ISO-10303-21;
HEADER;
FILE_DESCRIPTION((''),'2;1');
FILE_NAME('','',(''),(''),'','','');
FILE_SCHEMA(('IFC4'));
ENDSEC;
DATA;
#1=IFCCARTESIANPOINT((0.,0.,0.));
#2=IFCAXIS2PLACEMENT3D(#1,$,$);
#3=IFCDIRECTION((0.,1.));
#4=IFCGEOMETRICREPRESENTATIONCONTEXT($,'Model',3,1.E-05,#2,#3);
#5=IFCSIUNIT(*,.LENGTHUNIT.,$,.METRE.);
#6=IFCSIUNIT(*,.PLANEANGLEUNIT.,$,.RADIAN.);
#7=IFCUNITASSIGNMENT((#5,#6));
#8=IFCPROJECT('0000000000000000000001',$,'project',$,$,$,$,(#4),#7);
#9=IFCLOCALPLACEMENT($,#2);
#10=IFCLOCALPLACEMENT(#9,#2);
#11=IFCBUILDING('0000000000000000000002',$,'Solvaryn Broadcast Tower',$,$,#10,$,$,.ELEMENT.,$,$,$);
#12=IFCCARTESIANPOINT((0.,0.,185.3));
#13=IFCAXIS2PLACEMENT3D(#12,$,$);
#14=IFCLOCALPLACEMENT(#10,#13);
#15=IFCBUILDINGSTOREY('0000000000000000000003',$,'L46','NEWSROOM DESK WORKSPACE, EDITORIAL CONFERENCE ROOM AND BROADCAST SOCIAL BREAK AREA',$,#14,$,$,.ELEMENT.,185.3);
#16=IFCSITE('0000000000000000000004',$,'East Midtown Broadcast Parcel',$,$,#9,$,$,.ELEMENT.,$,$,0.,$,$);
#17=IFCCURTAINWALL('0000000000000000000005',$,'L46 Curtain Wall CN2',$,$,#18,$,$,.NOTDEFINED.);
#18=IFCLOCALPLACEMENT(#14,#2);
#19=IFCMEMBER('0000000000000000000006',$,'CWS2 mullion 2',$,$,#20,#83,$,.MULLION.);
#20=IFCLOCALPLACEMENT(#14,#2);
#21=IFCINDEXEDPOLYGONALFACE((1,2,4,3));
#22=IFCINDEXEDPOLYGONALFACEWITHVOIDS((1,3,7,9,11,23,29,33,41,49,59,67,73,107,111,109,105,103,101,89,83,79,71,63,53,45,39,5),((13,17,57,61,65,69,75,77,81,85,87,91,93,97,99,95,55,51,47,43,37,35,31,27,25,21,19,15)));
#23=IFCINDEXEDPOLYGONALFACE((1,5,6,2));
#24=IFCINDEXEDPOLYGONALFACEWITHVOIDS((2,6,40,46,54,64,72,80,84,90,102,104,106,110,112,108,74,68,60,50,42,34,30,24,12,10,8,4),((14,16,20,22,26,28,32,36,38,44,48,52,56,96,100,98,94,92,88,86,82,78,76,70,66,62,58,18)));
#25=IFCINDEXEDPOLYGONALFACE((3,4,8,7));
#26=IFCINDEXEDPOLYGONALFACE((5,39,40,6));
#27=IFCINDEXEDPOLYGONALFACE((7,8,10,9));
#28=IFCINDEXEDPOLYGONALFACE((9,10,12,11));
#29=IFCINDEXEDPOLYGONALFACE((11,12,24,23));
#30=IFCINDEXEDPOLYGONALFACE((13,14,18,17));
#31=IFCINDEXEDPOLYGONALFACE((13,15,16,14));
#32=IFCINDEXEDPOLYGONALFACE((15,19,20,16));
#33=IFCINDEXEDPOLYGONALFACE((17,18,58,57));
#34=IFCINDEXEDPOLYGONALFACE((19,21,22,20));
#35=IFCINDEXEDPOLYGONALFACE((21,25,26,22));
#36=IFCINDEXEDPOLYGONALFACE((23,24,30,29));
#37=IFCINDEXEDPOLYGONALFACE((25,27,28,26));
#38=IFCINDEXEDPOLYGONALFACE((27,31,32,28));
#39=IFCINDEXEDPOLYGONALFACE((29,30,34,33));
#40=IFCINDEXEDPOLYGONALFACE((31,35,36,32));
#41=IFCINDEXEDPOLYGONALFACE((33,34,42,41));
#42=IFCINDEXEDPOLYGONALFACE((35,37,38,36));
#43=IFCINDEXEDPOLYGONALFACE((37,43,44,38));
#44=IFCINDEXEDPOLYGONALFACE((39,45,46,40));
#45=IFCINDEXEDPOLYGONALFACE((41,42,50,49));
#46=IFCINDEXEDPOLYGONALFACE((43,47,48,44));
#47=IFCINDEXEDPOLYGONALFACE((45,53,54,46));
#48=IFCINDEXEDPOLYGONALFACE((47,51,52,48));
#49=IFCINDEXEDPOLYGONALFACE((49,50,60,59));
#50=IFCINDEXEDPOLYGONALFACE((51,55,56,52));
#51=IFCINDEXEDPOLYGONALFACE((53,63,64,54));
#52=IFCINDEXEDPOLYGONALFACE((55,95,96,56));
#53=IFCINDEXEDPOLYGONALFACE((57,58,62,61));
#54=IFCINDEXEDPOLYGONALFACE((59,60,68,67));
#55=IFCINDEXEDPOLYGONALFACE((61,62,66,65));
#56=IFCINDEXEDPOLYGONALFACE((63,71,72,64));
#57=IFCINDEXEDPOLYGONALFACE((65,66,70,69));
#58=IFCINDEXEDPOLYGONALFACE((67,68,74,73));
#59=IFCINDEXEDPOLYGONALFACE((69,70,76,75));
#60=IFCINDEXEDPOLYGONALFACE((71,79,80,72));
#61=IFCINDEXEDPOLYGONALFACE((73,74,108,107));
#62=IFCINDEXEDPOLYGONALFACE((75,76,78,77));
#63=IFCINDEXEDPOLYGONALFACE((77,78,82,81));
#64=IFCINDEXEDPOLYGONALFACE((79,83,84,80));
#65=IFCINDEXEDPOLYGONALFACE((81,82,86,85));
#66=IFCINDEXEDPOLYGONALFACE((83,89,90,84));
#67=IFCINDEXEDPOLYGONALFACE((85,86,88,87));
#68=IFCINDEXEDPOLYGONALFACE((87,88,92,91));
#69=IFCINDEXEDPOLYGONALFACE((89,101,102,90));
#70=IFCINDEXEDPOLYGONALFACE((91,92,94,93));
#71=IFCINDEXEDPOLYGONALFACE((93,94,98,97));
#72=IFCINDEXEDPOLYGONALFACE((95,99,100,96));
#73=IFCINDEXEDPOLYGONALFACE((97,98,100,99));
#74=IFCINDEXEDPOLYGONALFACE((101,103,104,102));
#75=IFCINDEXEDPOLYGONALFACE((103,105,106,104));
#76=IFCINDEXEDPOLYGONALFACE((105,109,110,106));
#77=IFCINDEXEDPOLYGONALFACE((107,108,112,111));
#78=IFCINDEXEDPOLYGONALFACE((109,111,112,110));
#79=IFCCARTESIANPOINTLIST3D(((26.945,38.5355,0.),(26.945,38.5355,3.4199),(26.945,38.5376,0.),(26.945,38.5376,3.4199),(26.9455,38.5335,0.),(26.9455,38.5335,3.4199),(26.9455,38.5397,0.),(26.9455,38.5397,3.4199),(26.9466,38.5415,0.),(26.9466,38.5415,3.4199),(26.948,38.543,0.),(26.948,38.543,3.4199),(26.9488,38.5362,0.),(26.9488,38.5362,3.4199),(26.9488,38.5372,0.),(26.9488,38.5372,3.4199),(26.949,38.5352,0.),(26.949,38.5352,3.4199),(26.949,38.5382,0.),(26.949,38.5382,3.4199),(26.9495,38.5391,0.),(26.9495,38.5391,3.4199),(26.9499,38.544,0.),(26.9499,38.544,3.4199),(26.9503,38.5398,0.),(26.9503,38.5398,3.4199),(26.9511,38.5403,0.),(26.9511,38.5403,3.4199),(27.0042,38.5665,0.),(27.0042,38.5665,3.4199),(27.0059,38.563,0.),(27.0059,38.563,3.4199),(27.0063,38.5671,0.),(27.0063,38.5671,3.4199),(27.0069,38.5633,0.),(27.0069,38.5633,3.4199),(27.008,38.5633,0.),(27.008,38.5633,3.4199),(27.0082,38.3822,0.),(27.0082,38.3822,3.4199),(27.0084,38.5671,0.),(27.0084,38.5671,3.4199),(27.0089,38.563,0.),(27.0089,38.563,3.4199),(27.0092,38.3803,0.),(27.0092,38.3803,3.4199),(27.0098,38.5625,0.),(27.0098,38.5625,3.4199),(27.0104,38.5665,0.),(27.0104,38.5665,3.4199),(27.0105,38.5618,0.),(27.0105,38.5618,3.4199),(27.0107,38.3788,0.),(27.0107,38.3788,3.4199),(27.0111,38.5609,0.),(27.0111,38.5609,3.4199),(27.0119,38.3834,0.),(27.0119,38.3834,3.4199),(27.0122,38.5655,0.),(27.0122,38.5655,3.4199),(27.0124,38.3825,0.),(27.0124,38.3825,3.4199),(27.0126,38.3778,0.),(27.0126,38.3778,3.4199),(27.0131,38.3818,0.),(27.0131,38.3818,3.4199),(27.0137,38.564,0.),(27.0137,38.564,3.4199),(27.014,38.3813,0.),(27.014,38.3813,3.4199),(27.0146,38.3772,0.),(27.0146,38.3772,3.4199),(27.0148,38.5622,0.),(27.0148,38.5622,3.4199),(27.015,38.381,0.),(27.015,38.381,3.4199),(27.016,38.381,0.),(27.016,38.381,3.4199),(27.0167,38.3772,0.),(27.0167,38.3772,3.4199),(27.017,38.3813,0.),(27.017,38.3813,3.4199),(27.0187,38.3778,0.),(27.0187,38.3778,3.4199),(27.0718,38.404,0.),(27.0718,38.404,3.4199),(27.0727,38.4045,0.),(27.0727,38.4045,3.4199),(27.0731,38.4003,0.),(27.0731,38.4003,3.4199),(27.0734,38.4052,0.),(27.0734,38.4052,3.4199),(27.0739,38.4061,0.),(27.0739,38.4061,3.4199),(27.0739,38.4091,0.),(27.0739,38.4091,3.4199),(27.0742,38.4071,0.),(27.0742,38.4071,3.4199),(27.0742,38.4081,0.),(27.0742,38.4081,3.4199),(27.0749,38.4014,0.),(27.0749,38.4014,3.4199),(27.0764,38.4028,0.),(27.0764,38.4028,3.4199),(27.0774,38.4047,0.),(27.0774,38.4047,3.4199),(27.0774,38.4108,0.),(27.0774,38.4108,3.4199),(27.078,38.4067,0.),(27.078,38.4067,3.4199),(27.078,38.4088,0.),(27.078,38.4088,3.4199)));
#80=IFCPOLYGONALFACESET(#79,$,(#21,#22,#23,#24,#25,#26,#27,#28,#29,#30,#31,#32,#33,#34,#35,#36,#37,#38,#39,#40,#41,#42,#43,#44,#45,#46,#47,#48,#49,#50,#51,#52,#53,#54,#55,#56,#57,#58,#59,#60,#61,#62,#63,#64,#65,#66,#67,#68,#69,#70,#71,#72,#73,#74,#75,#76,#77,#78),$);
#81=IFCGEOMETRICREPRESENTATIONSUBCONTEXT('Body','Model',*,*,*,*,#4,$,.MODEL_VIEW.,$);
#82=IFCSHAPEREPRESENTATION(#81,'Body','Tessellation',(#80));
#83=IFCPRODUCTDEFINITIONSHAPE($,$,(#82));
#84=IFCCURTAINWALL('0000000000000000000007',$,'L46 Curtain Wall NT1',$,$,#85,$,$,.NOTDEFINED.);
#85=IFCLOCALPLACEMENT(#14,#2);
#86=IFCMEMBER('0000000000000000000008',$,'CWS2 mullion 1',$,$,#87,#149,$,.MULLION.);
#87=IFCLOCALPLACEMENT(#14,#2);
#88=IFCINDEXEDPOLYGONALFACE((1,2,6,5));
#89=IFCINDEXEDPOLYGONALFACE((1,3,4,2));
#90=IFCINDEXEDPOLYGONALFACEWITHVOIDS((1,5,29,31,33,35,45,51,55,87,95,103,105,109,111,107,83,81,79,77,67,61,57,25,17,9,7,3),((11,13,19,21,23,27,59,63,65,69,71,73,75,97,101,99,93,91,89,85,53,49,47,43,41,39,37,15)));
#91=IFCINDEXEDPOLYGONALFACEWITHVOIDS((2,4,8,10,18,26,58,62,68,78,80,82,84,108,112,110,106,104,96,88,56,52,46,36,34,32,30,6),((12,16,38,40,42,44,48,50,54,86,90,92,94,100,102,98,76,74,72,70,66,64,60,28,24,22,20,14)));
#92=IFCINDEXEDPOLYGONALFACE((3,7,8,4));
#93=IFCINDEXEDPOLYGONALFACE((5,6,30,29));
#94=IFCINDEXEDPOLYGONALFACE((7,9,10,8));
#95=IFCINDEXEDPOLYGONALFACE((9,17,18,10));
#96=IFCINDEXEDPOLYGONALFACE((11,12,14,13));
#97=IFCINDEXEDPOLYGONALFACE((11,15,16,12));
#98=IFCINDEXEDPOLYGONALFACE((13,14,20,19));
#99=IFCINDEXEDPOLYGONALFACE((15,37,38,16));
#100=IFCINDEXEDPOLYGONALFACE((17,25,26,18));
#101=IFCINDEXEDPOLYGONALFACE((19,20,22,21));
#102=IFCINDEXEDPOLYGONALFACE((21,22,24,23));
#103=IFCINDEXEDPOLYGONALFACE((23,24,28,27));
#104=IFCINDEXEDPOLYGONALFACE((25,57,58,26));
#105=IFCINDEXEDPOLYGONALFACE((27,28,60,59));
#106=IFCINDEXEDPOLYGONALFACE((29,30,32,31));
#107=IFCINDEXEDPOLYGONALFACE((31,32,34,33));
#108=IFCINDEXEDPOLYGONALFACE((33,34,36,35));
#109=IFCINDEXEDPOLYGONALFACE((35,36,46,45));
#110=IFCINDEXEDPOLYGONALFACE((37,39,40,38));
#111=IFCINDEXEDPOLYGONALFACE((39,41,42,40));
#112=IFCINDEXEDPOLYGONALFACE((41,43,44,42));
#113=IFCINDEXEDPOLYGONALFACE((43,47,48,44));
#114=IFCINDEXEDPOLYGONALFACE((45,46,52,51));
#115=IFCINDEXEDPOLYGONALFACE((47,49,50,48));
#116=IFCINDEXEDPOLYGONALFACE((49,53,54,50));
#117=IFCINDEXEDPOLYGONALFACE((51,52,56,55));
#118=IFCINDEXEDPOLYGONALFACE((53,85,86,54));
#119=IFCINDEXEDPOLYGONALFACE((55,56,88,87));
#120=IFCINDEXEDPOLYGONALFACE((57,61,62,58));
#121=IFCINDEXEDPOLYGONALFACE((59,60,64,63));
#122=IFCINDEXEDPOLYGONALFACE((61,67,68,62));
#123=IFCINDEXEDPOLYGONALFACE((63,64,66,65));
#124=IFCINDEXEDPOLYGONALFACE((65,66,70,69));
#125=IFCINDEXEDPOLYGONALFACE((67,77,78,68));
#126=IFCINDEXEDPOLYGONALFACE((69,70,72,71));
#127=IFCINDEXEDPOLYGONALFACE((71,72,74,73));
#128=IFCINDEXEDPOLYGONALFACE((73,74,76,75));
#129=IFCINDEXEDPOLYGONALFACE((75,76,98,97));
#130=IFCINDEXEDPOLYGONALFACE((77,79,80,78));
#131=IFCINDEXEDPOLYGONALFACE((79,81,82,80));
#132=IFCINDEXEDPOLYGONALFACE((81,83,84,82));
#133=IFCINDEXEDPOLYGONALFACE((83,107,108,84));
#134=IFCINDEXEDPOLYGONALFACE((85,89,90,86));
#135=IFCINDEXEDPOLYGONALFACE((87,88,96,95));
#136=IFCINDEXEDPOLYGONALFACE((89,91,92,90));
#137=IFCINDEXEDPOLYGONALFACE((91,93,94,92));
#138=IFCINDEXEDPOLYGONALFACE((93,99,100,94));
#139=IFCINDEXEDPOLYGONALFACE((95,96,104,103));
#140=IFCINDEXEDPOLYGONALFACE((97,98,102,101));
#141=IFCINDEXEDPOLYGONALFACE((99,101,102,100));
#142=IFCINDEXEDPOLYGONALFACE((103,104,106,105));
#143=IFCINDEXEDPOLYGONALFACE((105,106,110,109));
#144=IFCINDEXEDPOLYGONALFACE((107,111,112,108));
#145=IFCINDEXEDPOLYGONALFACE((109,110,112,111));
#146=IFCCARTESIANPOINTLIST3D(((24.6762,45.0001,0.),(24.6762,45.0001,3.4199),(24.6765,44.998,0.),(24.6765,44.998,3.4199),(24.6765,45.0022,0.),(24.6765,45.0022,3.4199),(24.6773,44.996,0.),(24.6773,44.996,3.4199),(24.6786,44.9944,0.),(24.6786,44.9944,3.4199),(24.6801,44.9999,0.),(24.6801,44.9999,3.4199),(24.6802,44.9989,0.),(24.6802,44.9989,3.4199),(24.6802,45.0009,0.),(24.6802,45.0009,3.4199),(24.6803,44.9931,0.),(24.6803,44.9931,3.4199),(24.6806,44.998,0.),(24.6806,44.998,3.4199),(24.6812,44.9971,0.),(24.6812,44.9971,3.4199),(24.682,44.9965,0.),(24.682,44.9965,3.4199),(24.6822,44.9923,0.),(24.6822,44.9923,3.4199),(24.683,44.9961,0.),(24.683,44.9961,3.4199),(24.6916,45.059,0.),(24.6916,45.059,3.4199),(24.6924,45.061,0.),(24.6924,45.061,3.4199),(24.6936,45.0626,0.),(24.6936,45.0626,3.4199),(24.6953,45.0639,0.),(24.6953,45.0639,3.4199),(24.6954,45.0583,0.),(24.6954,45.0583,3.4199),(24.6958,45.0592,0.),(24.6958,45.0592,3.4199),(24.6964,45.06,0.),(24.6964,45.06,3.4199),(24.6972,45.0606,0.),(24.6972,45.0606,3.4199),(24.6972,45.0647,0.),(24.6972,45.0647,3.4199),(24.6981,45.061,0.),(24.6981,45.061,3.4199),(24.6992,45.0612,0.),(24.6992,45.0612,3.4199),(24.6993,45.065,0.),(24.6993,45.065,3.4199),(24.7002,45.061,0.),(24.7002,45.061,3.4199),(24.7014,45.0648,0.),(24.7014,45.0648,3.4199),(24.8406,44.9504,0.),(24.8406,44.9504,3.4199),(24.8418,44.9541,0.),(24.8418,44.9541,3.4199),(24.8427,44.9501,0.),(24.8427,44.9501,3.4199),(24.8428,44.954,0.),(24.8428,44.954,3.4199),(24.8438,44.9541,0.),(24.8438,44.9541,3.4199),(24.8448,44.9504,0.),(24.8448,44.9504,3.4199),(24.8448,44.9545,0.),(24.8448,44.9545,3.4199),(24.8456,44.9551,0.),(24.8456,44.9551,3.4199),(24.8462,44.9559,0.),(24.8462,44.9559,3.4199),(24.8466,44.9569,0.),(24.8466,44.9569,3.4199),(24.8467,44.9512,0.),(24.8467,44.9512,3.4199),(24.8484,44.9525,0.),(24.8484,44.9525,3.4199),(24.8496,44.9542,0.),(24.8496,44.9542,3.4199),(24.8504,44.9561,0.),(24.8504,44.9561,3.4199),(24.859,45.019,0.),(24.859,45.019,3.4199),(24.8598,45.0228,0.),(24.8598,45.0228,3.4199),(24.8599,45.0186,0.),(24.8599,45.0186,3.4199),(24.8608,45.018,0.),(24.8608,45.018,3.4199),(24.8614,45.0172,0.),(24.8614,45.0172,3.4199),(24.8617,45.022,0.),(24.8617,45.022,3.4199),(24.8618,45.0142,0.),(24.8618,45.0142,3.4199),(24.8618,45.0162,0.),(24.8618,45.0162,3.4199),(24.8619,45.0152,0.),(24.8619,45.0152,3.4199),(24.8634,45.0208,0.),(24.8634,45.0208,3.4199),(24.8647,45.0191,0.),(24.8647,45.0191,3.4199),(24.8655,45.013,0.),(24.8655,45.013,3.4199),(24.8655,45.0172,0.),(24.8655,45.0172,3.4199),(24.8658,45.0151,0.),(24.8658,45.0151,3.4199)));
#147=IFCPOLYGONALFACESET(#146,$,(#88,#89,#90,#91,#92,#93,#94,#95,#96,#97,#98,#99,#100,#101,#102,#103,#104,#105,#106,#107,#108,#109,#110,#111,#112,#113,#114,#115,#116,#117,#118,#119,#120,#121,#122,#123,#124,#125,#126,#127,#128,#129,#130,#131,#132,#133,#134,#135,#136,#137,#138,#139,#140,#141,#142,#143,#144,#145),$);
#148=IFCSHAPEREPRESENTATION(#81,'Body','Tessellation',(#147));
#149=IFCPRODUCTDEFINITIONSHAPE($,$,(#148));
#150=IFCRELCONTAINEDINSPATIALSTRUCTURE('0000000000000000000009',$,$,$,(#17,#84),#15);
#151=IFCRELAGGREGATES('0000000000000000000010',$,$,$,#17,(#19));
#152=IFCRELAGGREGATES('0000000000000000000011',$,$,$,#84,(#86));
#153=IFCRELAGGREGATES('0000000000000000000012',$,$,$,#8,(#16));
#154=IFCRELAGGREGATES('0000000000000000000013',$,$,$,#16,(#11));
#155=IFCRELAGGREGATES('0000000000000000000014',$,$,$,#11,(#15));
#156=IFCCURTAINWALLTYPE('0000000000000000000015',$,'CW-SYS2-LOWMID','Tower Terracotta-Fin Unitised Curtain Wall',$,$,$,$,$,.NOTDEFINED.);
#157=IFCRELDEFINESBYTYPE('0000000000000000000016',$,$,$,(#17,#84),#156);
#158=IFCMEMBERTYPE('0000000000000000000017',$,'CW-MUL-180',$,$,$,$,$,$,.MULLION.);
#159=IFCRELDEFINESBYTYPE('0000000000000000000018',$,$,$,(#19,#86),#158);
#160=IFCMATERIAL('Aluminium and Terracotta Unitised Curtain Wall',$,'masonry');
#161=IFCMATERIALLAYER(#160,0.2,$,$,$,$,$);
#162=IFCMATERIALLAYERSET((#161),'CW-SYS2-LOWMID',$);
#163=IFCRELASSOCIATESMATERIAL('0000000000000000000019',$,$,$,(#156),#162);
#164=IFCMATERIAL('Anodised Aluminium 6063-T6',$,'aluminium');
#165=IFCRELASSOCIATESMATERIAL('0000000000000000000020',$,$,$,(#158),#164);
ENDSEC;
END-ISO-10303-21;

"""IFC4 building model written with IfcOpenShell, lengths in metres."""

from ifc_helpers import new_model, si_unit, direction, frame, origin, origin_2d, place, context, subcontext, project, spatial, hollow_rectangle, extrude, material, layer, layer_set, material_profile, profile_set, type_object, element, aggregate, save


model = new_model("IFC4")

# Units and contexts
model_context = context("Model", 3, precision=1e-05, world=origin(), true_north=direction((0.0, 1.0)))
body_context = subcontext(model_context, "Body", "Model", "MODEL_VIEW")
ifc_project = project(units=[si_unit("LENGTHUNIT", "METRE"), si_unit("PLANEANGLEUNIT", "RADIAN")], contexts=[model_context])

# Site, building, storey
site_placement = place(None, origin())
site = spatial("IfcSite", under=ifc_project, at=site_placement, Name="East Midtown Broadcast Parcel", CompositionType="ELEMENT", RefElevation=0.0)
building_placement = place(site_placement, origin())
building = spatial("IfcBuilding", under=site, at=building_placement, Name="Solvaryn Broadcast Tower", CompositionType="ELEMENT")
storey_placement = place(building_placement, frame((0.0, 0.0, 185.3)))
storey = spatial("IfcBuildingStorey", under=building, at=storey_placement, Name="L46", Description="NEWSROOM DESK WORKSPACE, EDITORIAL CONFERENCE ROOM AND BROADCAST SOCIAL BREAK AREA", CompositionType="ELEMENT", Elevation=185.3)

# Shared definitions
ifc_material_1 = material(Name="Aluminium and Terracotta Unitised Curtain Wall", Category="masonry")
ifc_layer_1 = layer(ifc_material_1, 0.2)
ifc_layer_set_1 = layer_set([ifc_layer_1], Name="CW-SYS2-LOWMID")
curtain_wall_type = type_object("IfcCurtainWallType", Name="CW-SYS2-LOWMID", Description="Tower Terracotta-Fin Unitised Curtain Wall", PredefinedType="NOTDEFINED", material=ifc_layer_set_1)
ifc_material_2 = material(Name="Anodised Aluminium 6063-T6", Category="aluminium")
ifc_material_profile_1 = material_profile(ifc_material_2, hollow_rectangle(XDim=0.075, YDim=0.1799, WallThickness=0.0039, InnerFilletRadius=0.0039, OuterFilletRadius=0.0081, at=origin_2d()))
ifc_profile_set_1 = profile_set([ifc_material_profile_1], Name="Anodised Aluminium 6063-T6")
member_type_1 = type_object("IfcMemberType", Name="CW-MUL-180", PredefinedType="MULLION", material=ifc_profile_set_1)

# Curtain walls, members
curtain_wall_1_placement = place(storey_placement, origin())
curtain_wall_1 = element("IfcCurtainWall", 1, at=curtain_wall_1_placement, inside=storey, type_object=curtain_wall_type, Name="L46 Curtain Wall CN2", PredefinedType="NOTDEFINED")
member_1_placement = place(storey_placement, frame((27.0115, 38.4722, 0.0), z_axis=(0.0, 0.0, 1.0), x_axis=(-0.923895, -0.382646, 0.0)))
member_1 = element("IfcMember", 2, at=member_1_placement, type_object=member_type_1, Name="CWS2 mullion 2", PredefinedType="MULLION", context=body_context, shape_type="SweptSolid", body=[
    extrude(hollow_rectangle(XDim=0.075, YDim=0.1799, WallThickness=0.0039, InnerFilletRadius=0.0039, OuterFilletRadius=0.0081, at=origin_2d()), origin(), (0.0, 0.0, 1.0), 3.4199),
])
aggregate(curtain_wall_1, [member_1])
curtain_wall_2_placement = place(storey_placement, origin())
curtain_wall_2 = element("IfcCurtainWall", 3, at=curtain_wall_2_placement, inside=storey, type_object=curtain_wall_type, Name="L46 Curtain Wall NT1", PredefinedType="NOTDEFINED")
member_2_placement = place(storey_placement, frame((24.771, 45.0076, 0.0), z_axis=(0.0, 0.0, 1.0), x_axis=(-0.255893, -0.966705, 0.0)))
member_2 = element("IfcMember", 4, at=member_2_placement, type_object=member_type_1, Name="CWS2 mullion 1", PredefinedType="MULLION", context=body_context, shape_type="SweptSolid", body=[
    extrude(hollow_rectangle(XDim=0.075, YDim=0.1799, WallThickness=0.0039, InnerFilletRadius=0.0039, OuterFilletRadius=0.0081, at=origin_2d()), origin(), (0.0, 0.0, 1.0), 3.4199),
])

aggregate(curtain_wall_2, [member_2])

save(model, "model.ifc")
